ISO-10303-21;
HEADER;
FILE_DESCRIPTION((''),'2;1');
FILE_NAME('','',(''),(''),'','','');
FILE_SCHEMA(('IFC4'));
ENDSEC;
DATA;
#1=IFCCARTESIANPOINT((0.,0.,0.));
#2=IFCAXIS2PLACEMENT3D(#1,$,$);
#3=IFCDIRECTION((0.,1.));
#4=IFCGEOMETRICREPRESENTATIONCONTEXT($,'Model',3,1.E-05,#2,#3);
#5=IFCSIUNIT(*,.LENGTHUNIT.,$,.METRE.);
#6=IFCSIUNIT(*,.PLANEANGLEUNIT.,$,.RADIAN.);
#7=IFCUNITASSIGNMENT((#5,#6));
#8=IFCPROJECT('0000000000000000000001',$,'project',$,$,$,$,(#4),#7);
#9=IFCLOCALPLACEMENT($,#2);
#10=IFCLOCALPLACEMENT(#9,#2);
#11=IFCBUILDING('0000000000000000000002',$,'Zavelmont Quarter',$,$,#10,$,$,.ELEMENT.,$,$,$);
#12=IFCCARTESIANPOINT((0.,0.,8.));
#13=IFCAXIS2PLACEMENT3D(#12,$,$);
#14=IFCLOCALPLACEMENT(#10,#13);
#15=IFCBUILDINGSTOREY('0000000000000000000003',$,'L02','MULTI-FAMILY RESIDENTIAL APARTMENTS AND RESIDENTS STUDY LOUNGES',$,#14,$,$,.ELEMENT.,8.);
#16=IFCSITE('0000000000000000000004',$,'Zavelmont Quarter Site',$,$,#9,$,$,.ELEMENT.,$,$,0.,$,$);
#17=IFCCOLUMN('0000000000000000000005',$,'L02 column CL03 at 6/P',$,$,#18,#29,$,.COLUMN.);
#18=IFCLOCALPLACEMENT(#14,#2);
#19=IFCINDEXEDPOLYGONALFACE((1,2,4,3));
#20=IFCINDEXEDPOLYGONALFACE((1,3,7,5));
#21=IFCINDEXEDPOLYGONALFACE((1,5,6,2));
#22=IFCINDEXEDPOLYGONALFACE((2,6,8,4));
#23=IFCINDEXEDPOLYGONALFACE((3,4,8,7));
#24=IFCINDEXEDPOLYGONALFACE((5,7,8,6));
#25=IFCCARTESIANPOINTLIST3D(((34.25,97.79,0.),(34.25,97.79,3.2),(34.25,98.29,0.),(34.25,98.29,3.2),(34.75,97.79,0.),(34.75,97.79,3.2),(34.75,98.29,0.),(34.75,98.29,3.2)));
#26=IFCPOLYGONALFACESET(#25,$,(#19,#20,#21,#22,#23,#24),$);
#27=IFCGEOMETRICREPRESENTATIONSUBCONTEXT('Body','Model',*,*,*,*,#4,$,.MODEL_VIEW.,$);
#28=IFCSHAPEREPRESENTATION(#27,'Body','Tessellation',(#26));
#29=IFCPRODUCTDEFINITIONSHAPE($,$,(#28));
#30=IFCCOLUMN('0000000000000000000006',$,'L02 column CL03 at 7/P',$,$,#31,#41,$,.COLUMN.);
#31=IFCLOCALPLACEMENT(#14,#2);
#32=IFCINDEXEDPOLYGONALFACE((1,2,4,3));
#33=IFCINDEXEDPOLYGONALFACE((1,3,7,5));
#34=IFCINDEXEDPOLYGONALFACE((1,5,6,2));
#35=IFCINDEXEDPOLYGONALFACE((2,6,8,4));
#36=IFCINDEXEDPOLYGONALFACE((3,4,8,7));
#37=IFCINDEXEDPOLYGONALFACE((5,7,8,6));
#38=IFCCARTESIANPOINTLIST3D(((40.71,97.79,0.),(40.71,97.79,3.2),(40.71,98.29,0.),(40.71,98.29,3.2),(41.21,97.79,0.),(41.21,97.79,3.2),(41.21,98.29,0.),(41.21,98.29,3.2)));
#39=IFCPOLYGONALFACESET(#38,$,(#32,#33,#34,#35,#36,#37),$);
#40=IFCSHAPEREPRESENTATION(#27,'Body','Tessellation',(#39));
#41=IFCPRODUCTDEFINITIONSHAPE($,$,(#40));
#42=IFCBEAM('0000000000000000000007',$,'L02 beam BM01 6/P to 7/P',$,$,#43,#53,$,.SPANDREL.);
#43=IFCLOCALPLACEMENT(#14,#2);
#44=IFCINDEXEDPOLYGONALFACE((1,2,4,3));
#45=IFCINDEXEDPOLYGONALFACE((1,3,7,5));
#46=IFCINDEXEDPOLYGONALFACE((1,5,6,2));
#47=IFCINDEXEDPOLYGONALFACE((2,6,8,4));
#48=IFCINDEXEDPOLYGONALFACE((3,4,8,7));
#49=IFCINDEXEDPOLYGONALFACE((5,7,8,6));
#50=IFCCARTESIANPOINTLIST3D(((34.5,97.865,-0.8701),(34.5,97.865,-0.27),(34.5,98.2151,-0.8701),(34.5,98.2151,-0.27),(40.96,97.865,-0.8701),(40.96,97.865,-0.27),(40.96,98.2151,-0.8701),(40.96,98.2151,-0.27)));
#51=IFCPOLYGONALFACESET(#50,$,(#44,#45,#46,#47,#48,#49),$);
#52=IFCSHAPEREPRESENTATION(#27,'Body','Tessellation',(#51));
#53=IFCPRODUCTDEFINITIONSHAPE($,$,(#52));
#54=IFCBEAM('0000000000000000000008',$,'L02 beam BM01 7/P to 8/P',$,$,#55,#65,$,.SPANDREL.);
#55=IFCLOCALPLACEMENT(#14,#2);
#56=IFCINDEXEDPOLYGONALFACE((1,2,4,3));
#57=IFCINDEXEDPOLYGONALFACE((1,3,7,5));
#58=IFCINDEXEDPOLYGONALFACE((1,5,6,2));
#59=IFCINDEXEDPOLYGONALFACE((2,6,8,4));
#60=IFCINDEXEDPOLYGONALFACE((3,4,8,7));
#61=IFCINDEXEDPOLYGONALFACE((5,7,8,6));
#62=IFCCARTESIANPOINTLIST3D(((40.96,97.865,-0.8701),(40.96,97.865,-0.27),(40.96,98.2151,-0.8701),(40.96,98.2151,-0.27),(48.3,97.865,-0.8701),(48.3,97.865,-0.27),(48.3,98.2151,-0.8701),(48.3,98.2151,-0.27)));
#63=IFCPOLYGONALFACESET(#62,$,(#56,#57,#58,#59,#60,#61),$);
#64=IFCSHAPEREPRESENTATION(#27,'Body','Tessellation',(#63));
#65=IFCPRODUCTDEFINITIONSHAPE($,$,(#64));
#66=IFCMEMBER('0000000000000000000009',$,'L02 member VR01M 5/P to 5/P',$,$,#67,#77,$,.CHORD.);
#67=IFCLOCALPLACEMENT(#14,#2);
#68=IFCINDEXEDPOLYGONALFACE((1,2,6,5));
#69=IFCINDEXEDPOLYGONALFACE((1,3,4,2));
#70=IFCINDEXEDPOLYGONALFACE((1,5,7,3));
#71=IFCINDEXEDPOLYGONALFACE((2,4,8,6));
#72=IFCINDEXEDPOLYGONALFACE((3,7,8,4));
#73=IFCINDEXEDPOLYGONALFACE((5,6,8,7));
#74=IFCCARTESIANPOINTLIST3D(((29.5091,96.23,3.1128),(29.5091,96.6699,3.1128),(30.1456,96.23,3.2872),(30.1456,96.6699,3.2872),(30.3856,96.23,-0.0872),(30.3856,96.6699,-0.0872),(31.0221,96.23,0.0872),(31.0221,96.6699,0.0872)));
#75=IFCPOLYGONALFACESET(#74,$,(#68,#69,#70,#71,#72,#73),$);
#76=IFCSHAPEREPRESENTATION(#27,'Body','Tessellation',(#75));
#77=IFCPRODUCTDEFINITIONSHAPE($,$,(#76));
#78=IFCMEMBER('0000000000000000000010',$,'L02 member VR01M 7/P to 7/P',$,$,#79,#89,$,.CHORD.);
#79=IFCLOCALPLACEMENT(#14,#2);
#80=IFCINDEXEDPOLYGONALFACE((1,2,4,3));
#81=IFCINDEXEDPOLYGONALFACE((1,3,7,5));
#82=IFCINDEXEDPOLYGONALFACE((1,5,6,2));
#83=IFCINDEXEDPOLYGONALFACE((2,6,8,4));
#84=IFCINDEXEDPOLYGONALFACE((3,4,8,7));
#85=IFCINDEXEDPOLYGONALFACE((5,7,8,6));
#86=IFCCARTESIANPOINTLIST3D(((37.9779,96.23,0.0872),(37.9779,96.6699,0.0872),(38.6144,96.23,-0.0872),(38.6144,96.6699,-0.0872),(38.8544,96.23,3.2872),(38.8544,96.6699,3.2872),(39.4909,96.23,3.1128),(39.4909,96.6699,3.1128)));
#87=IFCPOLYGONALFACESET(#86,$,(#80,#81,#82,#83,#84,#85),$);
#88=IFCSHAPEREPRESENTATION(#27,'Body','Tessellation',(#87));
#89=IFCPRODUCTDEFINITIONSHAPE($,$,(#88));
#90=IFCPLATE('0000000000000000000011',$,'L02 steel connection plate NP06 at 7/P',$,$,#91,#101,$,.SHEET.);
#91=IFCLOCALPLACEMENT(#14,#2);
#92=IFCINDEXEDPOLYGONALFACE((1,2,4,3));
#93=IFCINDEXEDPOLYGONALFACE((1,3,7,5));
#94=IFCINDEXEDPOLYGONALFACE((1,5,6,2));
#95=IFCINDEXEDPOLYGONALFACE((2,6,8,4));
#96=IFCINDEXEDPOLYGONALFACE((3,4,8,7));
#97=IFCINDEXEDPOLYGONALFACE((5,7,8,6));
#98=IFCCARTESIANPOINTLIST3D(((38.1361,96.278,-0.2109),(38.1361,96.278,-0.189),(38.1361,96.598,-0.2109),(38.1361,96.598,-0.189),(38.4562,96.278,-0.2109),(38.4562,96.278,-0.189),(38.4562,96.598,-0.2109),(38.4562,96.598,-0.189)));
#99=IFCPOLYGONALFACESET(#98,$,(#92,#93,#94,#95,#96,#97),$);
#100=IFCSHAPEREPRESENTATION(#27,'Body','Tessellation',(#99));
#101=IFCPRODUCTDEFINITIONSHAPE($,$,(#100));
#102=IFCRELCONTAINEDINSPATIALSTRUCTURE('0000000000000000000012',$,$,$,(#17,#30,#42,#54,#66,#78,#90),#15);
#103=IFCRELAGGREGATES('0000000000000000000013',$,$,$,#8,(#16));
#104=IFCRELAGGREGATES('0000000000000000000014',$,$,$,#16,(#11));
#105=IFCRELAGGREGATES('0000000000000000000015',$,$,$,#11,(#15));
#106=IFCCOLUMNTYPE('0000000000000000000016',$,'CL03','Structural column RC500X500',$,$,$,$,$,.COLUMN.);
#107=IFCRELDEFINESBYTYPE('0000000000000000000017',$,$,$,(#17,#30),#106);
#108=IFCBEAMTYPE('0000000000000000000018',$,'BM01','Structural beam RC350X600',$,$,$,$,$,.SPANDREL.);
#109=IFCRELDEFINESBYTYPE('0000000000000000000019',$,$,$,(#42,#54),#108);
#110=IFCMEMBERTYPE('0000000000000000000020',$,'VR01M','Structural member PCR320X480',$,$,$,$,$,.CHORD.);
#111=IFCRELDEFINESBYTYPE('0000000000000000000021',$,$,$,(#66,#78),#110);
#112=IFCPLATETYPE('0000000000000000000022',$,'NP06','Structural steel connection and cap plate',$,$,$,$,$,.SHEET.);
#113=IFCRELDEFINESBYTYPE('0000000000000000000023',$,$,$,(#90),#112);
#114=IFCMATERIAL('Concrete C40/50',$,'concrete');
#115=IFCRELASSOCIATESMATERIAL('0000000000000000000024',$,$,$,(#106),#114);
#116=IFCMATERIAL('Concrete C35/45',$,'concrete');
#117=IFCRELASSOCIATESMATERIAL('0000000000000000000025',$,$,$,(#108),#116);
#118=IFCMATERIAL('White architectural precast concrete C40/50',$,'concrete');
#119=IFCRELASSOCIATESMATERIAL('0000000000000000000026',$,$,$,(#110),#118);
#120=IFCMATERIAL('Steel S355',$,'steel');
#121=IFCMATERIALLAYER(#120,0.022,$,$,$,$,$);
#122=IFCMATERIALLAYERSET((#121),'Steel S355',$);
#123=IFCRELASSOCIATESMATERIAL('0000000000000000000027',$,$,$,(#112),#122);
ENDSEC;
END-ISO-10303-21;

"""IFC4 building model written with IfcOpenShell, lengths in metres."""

from ifc_helpers import new_model, si_unit, direction, frame, origin, origin_2d, place, context, subcontext, project, spatial, rectangle, extrude, material, layer, layer_set, material_profile, profile_set, type_object, element, save


model = new_model("IFC4")

# Units and contexts
model_context = context("Model", 3, precision=1e-05, world=origin(), true_north=direction((0.0, 1.0)))
body_context = subcontext(model_context, "Body", "Model", "MODEL_VIEW")
ifc_project = project(units=[si_unit("LENGTHUNIT", "METRE"), si_unit("PLANEANGLEUNIT", "RADIAN")], contexts=[model_context])

# Site, building, storey
site_placement = place(None, origin())
site = spatial("IfcSite", under=ifc_project, at=site_placement, Name="Zavelmont Quarter Site", CompositionType="ELEMENT", RefElevation=0.0)
building_placement = place(site_placement, origin())
building = spatial("IfcBuilding", under=site, at=building_placement, Name="Zavelmont Quarter", CompositionType="ELEMENT")
storey_placement = place(building_placement, frame((0.0, 0.0, 8.0)))
storey = spatial("IfcBuildingStorey", under=building, at=storey_placement, Name="L02", Description="MULTI-FAMILY RESIDENTIAL APARTMENTS AND RESIDENTS STUDY LOUNGES", CompositionType="ELEMENT", Elevation=8.0)

# Columns
ifc_material_1 = material(Name="Concrete C40/50", Category="concrete")
ifc_material_profile_1 = material_profile(ifc_material_1, rectangle(XDim=0.5, YDim=0.5, at=origin_2d()), Name="RC500X500")
ifc_profile_set_1 = profile_set([ifc_material_profile_1], Name="Concrete C40/50")
column_type = type_object("IfcColumnType", Name="CL03", Description="Structural column RC500X500", PredefinedType="COLUMN", material=ifc_profile_set_1)
for number, where, z_axis, x_axis, name in (
    (1, (34.5, 98.04, 0.0), (0.0, 0.0, 1.0), (1.0, 0.0, 0.0), "L02 column CL03 at 6/P"),
    (2, (40.96, 98.04, 0.0), (0.0, 0.0, 1.0), (1.0, 0.0, 0.0), "L02 column CL03 at 7/P"),
):
    element("IfcColumn", number, at=place(storey_placement, frame(where, z_axis=z_axis, x_axis=x_axis)), inside=storey, type_object=column_type, Name=name, PredefinedType="COLUMN", context=body_context, shape_type="SweptSolid", body=[
        extrude(rectangle(XDim=0.5, YDim=0.5, at=origin_2d()), origin(), (0.0, 0.0, 1.0), 3.2),
    ])

# Beams
ifc_material_2 = material(Name="Concrete C35/45", Category="concrete")
ifc_material_profile_2 = material_profile(ifc_material_2, rectangle(XDim=0.3501, YDim=0.6001, at=origin_2d()), Name="RC350X600")
ifc_profile_set_2 = profile_set([ifc_material_profile_2], Name="Concrete C35/45")
beam_type = type_object("IfcBeamType", Name="BM01", Description="Structural beam RC350X600", PredefinedType="SPANDREL", material=ifc_profile_set_2)
beam_1_placement = place(storey_placement, frame((34.5, 98.04, -0.5701), z_axis=(1.0, 0.0, 0.0), x_axis=(0.0, 1.0, 0.0)))
element("IfcBeam", 3, at=beam_1_placement, inside=storey, type_object=beam_type, Name="L02 beam BM01 6/P to 7/P", PredefinedType="SPANDREL", context=body_context, shape_type="SweptSolid", body=[
    extrude(rectangle(XDim=0.3501, YDim=0.6001, at=origin_2d()), origin(), (0.0, 0.0, 1.0), 6.46),
])
beam_2_placement = place(storey_placement, frame((40.96, 98.04, -0.5701), z_axis=(1.0, 0.0, 0.0), x_axis=(0.0, 1.0, 0.0)))
element("IfcBeam", 4, at=beam_2_placement, inside=storey, type_object=beam_type, Name="L02 beam BM01 7/P to 8/P", PredefinedType="SPANDREL", context=body_context, shape_type="SweptSolid", body=[
    extrude(rectangle(XDim=0.3501, YDim=0.6001, at=origin_2d()), origin(), (0.0, 0.0, 1.0), 7.3401),
])

# Members
ifc_material_3 = material(Name="White architectural precast concrete C40/50", Category="concrete")
ifc_material_profile_3 = material_profile(ifc_material_3, rectangle(XDim=0.4399, YDim=0.6599, at=origin_2d()), Name="PCR320X480")
ifc_profile_set_3 = profile_set([ifc_material_profile_3], Name="White architectural precast concrete C40/50")
member_type = type_object("IfcMemberType", Name="VR01M", Description="Structural member PCR320X480", PredefinedType="CHORD", material=ifc_profile_set_3)
for number, where, z_axis, x_axis, name in (
    (5, (30.7039, 96.45, 0.0), (-0.26417, 0.0, 0.964476), (0.0, -1.0, 0.0), "L02 member VR01M 5/P to 5/P"),
    (6, (38.2961, 96.45, 0.0), (0.26417, 0.0, 0.964476), (0.0, 1.0, 0.0), "L02 member VR01M 7/P to 7/P"),
):
    element("IfcMember", number, at=place(storey_placement, frame(where, z_axis=z_axis, x_axis=x_axis)), inside=storey, type_object=member_type, Name=name, PredefinedType="CHORD", context=body_context, shape_type="SweptSolid", body=[
        extrude(rectangle(XDim=0.4399, YDim=0.6599, at=origin_2d()), origin(), (0.0, 0.0, 1.0), 3.3179),
    ])

# Plate
ifc_material_4 = material(Name="Steel S355", Category="steel")
ifc_layer_1 = layer(ifc_material_4, 0.022)
ifc_layer_set_1 = layer_set([ifc_layer_1], Name="Steel S355")
plate_type = type_object("IfcPlateType", Name="NP06", Description="Structural steel connection and cap plate", PredefinedType="SHEET", material=ifc_layer_set_1)
plate_placement = place(storey_placement, frame((38.2961, 96.438, -0.2109), z_axis=(0.0, 0.0, 1.0), x_axis=(1.0, 0.0, 0.0)))
element("IfcPlate", 7, at=plate_placement, inside=storey, type_object=plate_type, Name="L02 steel connection plate NP06 at 7/P", PredefinedType="SHEET", context=body_context, shape_type="SweptSolid", body=[
    extrude(rectangle(XDim=0.3201, YDim=0.3201, at=origin_2d()), origin(), (0.0, 0.0, 1.0), 0.022),
])

save(model, "model.ifc")
